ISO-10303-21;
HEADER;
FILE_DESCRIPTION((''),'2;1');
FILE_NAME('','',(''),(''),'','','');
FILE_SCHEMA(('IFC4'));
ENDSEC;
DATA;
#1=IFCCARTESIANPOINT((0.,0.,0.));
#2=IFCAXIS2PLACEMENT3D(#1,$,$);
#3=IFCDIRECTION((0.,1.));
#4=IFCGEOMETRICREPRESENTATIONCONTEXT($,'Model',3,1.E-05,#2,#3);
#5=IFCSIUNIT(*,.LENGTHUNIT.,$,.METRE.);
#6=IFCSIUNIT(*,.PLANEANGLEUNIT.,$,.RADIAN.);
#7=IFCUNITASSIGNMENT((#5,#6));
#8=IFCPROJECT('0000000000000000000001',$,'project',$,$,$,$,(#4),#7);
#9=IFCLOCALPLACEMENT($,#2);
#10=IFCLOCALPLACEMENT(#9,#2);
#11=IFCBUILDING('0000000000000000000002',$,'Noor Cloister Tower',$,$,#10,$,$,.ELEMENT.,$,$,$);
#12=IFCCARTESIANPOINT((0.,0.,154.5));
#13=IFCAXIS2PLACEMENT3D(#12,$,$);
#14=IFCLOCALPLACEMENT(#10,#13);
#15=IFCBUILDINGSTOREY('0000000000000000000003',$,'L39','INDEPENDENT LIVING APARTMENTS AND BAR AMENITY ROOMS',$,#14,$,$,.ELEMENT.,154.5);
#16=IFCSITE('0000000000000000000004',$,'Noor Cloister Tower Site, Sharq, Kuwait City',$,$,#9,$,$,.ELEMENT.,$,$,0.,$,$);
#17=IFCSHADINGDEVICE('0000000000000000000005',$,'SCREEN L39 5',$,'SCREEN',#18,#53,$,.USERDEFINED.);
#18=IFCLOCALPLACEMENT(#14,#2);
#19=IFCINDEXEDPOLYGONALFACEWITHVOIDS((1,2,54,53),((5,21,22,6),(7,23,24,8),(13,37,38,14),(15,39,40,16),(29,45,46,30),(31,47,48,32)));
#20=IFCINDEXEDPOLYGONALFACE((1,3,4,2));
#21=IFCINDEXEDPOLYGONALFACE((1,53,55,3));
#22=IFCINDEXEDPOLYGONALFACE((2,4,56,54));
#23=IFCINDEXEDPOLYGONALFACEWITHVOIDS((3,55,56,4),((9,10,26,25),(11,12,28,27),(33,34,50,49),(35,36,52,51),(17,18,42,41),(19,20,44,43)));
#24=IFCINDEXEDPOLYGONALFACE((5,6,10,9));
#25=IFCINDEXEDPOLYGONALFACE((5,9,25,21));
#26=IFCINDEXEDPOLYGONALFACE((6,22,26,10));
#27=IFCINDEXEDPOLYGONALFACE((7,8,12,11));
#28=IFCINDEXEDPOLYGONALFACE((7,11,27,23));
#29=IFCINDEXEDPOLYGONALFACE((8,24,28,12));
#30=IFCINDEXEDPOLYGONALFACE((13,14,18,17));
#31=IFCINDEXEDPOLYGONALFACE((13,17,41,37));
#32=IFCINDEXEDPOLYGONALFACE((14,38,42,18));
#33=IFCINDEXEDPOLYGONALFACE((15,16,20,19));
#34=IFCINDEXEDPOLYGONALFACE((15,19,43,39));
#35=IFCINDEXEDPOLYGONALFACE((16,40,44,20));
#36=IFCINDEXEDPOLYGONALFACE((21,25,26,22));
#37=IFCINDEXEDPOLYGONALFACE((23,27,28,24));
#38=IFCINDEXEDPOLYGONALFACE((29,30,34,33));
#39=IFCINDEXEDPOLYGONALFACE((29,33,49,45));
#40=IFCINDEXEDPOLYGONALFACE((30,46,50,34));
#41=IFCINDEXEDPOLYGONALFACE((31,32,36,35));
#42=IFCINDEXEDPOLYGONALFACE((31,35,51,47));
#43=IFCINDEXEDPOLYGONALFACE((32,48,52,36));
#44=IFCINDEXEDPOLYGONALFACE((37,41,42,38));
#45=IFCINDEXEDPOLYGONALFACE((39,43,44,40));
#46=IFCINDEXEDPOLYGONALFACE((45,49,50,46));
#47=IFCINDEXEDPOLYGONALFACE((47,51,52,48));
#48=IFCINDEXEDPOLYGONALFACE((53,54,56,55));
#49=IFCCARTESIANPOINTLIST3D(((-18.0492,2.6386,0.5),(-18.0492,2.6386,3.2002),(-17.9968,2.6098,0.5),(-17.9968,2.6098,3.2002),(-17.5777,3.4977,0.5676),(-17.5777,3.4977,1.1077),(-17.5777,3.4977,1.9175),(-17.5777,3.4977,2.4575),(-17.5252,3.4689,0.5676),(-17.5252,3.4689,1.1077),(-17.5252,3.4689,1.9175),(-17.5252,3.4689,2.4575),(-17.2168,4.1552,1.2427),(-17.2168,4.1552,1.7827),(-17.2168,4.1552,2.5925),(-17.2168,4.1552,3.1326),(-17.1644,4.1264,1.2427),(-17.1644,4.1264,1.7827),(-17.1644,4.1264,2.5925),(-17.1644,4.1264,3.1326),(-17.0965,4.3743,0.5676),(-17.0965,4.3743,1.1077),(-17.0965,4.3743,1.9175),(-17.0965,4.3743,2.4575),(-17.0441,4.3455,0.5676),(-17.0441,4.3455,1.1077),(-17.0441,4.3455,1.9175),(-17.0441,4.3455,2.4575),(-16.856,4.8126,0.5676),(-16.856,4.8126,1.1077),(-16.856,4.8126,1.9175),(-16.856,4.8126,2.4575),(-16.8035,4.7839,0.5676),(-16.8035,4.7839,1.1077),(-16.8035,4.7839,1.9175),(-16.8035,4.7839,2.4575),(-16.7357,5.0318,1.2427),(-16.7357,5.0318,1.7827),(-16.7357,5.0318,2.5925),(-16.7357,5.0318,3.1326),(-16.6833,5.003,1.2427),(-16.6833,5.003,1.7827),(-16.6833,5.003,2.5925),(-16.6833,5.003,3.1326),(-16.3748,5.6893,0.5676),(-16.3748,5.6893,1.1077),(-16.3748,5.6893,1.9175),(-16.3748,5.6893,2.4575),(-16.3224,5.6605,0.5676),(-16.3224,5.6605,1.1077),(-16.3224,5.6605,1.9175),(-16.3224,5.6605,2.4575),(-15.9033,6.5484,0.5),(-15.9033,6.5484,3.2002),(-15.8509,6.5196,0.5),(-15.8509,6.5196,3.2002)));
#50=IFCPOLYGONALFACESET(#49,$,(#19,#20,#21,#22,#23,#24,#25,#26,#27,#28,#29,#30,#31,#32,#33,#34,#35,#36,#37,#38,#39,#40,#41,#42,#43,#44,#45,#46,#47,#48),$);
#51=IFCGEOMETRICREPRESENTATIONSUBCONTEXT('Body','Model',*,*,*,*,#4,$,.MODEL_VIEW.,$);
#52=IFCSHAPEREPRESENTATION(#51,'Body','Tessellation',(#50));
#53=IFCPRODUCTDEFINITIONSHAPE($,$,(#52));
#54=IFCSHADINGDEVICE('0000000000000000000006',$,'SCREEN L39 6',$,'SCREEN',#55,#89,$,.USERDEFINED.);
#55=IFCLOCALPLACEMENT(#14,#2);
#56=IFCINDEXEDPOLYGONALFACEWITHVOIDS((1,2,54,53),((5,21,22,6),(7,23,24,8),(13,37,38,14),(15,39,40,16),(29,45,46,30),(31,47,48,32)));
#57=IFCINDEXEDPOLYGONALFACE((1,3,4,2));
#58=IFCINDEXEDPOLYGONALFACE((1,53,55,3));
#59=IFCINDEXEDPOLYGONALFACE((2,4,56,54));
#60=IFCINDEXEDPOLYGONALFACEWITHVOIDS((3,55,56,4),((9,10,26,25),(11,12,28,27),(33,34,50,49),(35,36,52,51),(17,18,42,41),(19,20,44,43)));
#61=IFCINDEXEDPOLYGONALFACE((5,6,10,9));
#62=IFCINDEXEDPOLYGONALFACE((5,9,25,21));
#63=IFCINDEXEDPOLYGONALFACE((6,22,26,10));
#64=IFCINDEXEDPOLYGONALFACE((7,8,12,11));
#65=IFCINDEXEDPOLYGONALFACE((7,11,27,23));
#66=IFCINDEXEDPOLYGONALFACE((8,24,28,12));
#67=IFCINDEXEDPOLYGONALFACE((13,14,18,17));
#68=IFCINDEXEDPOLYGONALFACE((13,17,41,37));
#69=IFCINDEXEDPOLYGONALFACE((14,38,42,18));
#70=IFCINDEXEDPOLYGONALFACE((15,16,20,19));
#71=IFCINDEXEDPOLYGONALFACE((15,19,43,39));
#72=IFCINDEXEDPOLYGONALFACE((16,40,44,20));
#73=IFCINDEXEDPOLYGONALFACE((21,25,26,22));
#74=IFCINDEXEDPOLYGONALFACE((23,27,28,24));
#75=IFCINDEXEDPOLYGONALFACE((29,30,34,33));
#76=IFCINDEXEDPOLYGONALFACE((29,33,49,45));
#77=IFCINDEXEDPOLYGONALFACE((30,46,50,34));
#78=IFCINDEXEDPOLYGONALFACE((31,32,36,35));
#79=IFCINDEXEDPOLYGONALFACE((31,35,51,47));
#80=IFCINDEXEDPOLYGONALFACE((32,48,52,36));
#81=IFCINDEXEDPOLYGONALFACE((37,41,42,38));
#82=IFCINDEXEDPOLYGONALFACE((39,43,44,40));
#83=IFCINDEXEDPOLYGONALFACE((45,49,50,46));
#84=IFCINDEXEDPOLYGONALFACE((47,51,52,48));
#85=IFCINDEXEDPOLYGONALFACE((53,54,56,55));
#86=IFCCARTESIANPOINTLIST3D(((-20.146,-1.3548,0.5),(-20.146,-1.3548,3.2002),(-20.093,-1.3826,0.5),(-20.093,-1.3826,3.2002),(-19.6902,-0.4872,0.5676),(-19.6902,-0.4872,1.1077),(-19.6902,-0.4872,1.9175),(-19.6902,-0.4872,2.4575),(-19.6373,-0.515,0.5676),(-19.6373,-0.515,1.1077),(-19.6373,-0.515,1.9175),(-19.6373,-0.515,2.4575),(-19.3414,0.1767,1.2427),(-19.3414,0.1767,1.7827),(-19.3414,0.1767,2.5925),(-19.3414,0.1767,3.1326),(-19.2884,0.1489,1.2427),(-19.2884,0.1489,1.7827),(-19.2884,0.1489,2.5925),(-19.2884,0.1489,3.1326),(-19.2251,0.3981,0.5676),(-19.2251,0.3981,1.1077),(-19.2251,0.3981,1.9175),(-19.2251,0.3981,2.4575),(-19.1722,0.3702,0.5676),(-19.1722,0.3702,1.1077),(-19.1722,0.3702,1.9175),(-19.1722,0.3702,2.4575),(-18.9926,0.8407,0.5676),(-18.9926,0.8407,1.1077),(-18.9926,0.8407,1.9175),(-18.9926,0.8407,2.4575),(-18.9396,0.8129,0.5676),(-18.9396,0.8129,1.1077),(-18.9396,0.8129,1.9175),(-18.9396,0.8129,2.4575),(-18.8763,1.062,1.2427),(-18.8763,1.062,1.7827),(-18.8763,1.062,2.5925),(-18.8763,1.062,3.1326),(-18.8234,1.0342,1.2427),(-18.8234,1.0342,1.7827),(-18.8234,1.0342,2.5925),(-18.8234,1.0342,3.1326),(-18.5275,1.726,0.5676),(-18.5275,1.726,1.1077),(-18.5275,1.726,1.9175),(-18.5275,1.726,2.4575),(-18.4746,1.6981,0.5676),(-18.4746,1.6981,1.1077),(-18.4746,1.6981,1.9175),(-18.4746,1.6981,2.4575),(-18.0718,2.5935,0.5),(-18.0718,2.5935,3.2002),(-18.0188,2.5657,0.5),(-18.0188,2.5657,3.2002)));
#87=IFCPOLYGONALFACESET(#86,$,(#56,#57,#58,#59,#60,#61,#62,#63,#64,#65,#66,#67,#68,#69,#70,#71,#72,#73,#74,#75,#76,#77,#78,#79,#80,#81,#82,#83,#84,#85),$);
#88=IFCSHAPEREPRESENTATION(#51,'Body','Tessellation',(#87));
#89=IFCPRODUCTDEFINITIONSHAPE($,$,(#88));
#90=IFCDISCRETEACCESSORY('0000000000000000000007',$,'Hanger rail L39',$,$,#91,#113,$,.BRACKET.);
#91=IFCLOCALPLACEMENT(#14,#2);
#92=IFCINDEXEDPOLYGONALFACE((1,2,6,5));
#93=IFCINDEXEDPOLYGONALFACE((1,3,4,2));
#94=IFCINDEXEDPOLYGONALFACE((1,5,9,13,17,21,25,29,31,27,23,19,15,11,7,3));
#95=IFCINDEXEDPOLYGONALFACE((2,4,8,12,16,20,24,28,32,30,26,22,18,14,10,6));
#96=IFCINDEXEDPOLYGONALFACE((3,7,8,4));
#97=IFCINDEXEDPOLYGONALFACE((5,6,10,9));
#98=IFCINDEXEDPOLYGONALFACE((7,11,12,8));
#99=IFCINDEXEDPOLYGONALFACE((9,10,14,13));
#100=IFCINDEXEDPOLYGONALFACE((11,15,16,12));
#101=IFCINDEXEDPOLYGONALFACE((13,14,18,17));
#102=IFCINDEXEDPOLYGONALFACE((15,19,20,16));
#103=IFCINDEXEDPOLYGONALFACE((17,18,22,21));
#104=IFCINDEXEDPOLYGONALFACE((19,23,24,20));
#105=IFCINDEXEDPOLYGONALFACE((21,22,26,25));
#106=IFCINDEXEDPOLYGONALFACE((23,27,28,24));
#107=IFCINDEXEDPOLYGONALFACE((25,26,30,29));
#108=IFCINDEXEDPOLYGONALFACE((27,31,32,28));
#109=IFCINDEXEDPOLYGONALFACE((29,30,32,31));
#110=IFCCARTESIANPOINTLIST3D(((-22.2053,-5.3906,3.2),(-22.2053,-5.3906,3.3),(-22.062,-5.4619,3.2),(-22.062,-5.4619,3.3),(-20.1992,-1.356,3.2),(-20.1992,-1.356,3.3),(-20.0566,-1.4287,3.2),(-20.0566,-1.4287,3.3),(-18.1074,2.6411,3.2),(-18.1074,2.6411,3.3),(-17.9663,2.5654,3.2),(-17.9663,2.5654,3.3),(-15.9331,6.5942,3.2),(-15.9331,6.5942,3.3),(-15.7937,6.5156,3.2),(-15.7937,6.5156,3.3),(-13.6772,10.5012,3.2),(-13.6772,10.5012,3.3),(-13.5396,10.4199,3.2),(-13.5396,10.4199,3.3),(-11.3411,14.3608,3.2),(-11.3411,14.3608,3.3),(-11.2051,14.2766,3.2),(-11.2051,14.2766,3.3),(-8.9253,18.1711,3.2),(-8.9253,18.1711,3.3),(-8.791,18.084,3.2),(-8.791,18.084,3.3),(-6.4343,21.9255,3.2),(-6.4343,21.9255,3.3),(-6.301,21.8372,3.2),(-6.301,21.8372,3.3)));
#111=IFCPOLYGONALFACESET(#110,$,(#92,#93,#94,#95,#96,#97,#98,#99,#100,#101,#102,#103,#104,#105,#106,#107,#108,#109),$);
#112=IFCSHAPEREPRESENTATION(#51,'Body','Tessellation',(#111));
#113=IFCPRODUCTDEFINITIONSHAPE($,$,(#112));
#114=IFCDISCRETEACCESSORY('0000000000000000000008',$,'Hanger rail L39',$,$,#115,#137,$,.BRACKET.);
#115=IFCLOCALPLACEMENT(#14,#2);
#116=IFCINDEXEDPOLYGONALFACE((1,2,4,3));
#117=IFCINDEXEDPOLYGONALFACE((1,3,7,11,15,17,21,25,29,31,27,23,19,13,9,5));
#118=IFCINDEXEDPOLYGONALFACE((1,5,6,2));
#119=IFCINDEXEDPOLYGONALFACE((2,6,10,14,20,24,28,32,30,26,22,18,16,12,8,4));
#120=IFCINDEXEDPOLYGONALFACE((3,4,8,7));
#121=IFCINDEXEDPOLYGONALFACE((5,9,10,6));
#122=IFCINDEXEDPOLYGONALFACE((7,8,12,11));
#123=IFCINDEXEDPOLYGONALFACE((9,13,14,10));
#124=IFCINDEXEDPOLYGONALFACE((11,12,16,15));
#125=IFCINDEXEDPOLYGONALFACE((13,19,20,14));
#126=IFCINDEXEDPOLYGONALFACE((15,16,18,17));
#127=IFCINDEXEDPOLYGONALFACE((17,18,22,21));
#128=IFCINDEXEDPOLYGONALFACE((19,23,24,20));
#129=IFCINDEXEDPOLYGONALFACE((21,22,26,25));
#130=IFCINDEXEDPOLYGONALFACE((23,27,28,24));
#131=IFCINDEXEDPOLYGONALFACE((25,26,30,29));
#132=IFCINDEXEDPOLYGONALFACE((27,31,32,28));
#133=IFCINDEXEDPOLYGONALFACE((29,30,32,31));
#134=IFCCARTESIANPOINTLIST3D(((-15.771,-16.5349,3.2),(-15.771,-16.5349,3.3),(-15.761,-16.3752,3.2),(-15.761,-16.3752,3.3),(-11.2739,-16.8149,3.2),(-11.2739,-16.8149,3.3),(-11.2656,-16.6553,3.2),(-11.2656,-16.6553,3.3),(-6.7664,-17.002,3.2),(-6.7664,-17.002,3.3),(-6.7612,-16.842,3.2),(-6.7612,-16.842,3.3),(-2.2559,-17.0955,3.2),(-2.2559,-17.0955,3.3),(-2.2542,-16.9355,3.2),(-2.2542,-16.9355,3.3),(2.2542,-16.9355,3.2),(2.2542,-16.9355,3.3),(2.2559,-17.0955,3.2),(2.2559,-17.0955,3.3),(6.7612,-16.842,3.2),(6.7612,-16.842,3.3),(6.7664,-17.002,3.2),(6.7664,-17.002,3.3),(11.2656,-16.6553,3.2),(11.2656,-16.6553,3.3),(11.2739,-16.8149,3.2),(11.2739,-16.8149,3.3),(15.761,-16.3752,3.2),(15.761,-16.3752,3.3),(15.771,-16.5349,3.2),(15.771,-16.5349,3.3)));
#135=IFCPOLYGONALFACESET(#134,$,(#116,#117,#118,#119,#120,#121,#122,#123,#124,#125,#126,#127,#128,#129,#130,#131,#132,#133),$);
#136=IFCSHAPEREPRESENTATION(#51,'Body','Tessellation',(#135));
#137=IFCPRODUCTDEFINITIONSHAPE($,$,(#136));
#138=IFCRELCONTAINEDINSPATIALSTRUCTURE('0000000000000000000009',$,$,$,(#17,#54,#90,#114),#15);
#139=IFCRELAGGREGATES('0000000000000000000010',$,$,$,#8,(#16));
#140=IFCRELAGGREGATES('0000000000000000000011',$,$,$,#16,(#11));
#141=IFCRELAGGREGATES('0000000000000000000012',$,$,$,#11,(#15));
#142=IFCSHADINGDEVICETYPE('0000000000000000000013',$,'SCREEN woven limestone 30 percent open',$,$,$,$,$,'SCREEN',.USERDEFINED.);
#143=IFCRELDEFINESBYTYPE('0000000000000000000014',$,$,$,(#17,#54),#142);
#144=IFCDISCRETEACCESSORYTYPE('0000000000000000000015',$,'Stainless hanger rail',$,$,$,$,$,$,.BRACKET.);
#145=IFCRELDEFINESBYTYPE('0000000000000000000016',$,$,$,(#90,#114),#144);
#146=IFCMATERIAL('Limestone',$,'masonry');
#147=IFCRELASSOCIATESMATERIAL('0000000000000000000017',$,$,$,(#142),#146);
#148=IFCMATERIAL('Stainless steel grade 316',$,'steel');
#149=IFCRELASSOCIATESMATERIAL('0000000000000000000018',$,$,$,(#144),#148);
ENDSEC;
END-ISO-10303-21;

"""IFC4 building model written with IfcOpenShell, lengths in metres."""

from ifc_helpers import new_model, si_unit, direction, frame, origin, place, context, subcontext, project, spatial, polyline, outline, extrude, material, material_profile, profile_set, type_object, element, save


model = new_model("IFC4")

# Units and contexts
model_context = context("Model", 3, precision=1e-05, world=origin(), true_north=direction((0.0, 1.0)))
body_context = subcontext(model_context, "Body", "Model", "MODEL_VIEW")
ifc_project = project(units=[si_unit("LENGTHUNIT", "METRE"), si_unit("PLANEANGLEUNIT", "RADIAN")], contexts=[model_context])

# Site, building, storey
site_placement = place(None, origin())
site = spatial("IfcSite", under=ifc_project, at=site_placement, Name="Noor Cloister Tower Site, Sharq, Kuwait City", CompositionType="ELEMENT", RefElevation=0.0)
building_placement = place(site_placement, origin())
building = spatial("IfcBuilding", under=site, at=building_placement, Name="Noor Cloister Tower", CompositionType="ELEMENT")
storey_placement = place(building_placement, frame((0.0, 0.0, 154.5)))
storey = spatial("IfcBuildingStorey", under=building, at=storey_placement, Name="L39", Description="INDEPENDENT LIVING APARTMENTS AND BAR AMENITY ROOMS", CompositionType="ELEMENT", Elevation=154.5)

# Shading devices
ifc_material_1 = material(Name="Limestone", Category="masonry")
ifc_material_profile_1 = material_profile(ifc_material_1, outline(polyline([(-2.23, -1.3501), (2.23, -1.3501), (2.23, 1.3501), (-2.23, 1.3501), (-2.23, -1.3501)]), holes=[polyline([(-1.25, -1.2825), (-0.25, -1.2825), (-0.25, -0.7424), (-1.25, -0.7424), (-1.25, -1.2825)]), polyline([(0.25, -1.2825), (1.25, -1.2825), (1.25, -0.7424), (0.25, -0.7424), (0.25, -1.2825)]), polyline([(-0.5, -0.6074), (0.5, -0.6074), (0.5, -0.0674), (-0.5, -0.0674), (-0.5, -0.6074)]), polyline([(-1.25, 0.0674), (-0.25, 0.0674), (-0.25, 0.6074), (-1.25, 0.6074), (-1.25, 0.0674)]), polyline([(0.25, 0.0674), (1.25, 0.0674), (1.25, 0.6074), (0.25, 0.6074), (0.25, 0.0674)]), polyline([(-0.5, 0.7424), (0.5, 0.7424), (0.5, 1.2825), (-0.5, 1.2825), (-0.5, 0.7424)])]), Name="Woven screen 30 percent open")
ifc_profile_set_1 = profile_set([ifc_material_profile_1], Name="Limestone")
shading_device_type = type_object("IfcShadingDeviceType", Name="SCREEN woven limestone 30 percent open", ElementType="SCREEN", PredefinedType="USERDEFINED", material=ifc_profile_set_1)
for number, where, z_axis, x_axis, name in (
    (1, (-16.9238, 4.5647, 1.8501), (-0.876646, 0.481136, 0.0), (-0.481136, -0.876646, 0.0), "SCREEN L39 5"),
    (2, (-19.0559, 0.5916, 1.8501), (-0.885272, 0.465074, 0.0), (-0.465074, -0.885272, 0.0), "SCREEN L39 6"),
):
    element("IfcShadingDevice", number, at=place(storey_placement, frame(where, z_axis=z_axis, x_axis=x_axis)), inside=storey, type_object=shading_device_type, Name=name, ObjectType="SCREEN", PredefinedType="USERDEFINED", context=body_context, shape_type="SweptSolid", body=[
        extrude(outline(polyline([(-2.23, -1.3501), (2.23, -1.3501), (2.23, 1.3501), (-2.23, 1.3501), (-2.23, -1.3501)]), holes=[polyline([(-1.25, -1.2825), (-0.25, -1.2825), (-0.25, -0.7424), (-1.25, -0.7424), (-1.25, -1.2825)]), polyline([(0.25, -1.2825), (1.25, -1.2825), (1.25, -0.7424), (0.25, -0.7424), (0.25, -1.2825)]), polyline([(-0.5, -0.6074), (0.5, -0.6074), (0.5, -0.0674), (-0.5, -0.0674), (-0.5, -0.6074)]), polyline([(-1.25, 0.0674), (-0.25, 0.0674), (-0.25, 0.6074), (-1.25, 0.6074), (-1.25, 0.0674)]), polyline([(0.25, 0.0674), (1.25, 0.0674), (1.25, 0.6074), (0.25, 0.6074), (0.25, 0.0674)]), polyline([(-0.5, 0.7424), (0.5, 0.7424), (0.5, 1.2825), (-0.5, 1.2825), (-0.5, 0.7424)])]), origin(), (0.0, 0.0, 1.0), 0.0598),
    ])

# Discrete accessories
ifc_material_2 = material(Name="Stainless steel grade 316", Category="steel")
discrete_accessory_type = type_object("IfcDiscreteAccessoryType", Name="Stainless hanger rail", PredefinedType="BRACKET", material=ifc_material_2)
discrete_accessory_1_placement = place(storey_placement, frame((0.0, 0.0, 3.2)))
element("IfcDiscreteAccessory", 3, at=discrete_accessory_1_placement, inside=storey, type_object=discrete_accessory_type, Name="Hanger rail L39", PredefinedType="BRACKET", context=body_context, shape_type="SweptSolid", body=[
    extrude(outline(polyline([(-6.4343, 21.9255), (-8.9253, 18.1711), (-11.3411, 14.3608), (-13.6772, 10.5012), (-15.9331, 6.5942), (-18.1074, 2.6411), (-20.1992, -1.356), (-22.2053, -5.3906), (-22.062, -5.4619), (-20.0566, -1.4287), (-17.9663, 2.5654), (-15.7937, 6.5156), (-13.5396, 10.4199), (-11.2051, 14.2766), (-8.791, 18.084), (-6.301, 21.8372), (-6.4343, 21.9255)])), origin(), (0.0, 0.0, 1.0), 0.1001),
])
discrete_accessory_2_placement = place(storey_placement, frame((0.0, 0.0, 3.2)))
element("IfcDiscreteAccessory", 4, at=discrete_accessory_2_placement, inside=storey, type_object=discrete_accessory_type, Name="Hanger rail L39", PredefinedType="BRACKET", context=body_context, shape_type="SweptSolid", body=[
    extrude(outline(polyline([(-15.771, -16.5349), (-11.2739, -16.8149), (-6.7664, -17.002), (-2.2559, -17.0955), (2.2559, -17.0955), (6.7664, -17.002), (11.2739, -16.8149), (15.771, -16.5349), (15.761, -16.3752), (11.2656, -16.6553), (6.7612, -16.842), (2.2542, -16.9355), (-2.2542, -16.9355), (-6.7612, -16.842), (-11.2656, -16.6553), (-15.761, -16.3752), (-15.771, -16.5349)])), origin(), (0.0, 0.0, 1.0), 0.1001),
])

save(model, "model.ifc")
